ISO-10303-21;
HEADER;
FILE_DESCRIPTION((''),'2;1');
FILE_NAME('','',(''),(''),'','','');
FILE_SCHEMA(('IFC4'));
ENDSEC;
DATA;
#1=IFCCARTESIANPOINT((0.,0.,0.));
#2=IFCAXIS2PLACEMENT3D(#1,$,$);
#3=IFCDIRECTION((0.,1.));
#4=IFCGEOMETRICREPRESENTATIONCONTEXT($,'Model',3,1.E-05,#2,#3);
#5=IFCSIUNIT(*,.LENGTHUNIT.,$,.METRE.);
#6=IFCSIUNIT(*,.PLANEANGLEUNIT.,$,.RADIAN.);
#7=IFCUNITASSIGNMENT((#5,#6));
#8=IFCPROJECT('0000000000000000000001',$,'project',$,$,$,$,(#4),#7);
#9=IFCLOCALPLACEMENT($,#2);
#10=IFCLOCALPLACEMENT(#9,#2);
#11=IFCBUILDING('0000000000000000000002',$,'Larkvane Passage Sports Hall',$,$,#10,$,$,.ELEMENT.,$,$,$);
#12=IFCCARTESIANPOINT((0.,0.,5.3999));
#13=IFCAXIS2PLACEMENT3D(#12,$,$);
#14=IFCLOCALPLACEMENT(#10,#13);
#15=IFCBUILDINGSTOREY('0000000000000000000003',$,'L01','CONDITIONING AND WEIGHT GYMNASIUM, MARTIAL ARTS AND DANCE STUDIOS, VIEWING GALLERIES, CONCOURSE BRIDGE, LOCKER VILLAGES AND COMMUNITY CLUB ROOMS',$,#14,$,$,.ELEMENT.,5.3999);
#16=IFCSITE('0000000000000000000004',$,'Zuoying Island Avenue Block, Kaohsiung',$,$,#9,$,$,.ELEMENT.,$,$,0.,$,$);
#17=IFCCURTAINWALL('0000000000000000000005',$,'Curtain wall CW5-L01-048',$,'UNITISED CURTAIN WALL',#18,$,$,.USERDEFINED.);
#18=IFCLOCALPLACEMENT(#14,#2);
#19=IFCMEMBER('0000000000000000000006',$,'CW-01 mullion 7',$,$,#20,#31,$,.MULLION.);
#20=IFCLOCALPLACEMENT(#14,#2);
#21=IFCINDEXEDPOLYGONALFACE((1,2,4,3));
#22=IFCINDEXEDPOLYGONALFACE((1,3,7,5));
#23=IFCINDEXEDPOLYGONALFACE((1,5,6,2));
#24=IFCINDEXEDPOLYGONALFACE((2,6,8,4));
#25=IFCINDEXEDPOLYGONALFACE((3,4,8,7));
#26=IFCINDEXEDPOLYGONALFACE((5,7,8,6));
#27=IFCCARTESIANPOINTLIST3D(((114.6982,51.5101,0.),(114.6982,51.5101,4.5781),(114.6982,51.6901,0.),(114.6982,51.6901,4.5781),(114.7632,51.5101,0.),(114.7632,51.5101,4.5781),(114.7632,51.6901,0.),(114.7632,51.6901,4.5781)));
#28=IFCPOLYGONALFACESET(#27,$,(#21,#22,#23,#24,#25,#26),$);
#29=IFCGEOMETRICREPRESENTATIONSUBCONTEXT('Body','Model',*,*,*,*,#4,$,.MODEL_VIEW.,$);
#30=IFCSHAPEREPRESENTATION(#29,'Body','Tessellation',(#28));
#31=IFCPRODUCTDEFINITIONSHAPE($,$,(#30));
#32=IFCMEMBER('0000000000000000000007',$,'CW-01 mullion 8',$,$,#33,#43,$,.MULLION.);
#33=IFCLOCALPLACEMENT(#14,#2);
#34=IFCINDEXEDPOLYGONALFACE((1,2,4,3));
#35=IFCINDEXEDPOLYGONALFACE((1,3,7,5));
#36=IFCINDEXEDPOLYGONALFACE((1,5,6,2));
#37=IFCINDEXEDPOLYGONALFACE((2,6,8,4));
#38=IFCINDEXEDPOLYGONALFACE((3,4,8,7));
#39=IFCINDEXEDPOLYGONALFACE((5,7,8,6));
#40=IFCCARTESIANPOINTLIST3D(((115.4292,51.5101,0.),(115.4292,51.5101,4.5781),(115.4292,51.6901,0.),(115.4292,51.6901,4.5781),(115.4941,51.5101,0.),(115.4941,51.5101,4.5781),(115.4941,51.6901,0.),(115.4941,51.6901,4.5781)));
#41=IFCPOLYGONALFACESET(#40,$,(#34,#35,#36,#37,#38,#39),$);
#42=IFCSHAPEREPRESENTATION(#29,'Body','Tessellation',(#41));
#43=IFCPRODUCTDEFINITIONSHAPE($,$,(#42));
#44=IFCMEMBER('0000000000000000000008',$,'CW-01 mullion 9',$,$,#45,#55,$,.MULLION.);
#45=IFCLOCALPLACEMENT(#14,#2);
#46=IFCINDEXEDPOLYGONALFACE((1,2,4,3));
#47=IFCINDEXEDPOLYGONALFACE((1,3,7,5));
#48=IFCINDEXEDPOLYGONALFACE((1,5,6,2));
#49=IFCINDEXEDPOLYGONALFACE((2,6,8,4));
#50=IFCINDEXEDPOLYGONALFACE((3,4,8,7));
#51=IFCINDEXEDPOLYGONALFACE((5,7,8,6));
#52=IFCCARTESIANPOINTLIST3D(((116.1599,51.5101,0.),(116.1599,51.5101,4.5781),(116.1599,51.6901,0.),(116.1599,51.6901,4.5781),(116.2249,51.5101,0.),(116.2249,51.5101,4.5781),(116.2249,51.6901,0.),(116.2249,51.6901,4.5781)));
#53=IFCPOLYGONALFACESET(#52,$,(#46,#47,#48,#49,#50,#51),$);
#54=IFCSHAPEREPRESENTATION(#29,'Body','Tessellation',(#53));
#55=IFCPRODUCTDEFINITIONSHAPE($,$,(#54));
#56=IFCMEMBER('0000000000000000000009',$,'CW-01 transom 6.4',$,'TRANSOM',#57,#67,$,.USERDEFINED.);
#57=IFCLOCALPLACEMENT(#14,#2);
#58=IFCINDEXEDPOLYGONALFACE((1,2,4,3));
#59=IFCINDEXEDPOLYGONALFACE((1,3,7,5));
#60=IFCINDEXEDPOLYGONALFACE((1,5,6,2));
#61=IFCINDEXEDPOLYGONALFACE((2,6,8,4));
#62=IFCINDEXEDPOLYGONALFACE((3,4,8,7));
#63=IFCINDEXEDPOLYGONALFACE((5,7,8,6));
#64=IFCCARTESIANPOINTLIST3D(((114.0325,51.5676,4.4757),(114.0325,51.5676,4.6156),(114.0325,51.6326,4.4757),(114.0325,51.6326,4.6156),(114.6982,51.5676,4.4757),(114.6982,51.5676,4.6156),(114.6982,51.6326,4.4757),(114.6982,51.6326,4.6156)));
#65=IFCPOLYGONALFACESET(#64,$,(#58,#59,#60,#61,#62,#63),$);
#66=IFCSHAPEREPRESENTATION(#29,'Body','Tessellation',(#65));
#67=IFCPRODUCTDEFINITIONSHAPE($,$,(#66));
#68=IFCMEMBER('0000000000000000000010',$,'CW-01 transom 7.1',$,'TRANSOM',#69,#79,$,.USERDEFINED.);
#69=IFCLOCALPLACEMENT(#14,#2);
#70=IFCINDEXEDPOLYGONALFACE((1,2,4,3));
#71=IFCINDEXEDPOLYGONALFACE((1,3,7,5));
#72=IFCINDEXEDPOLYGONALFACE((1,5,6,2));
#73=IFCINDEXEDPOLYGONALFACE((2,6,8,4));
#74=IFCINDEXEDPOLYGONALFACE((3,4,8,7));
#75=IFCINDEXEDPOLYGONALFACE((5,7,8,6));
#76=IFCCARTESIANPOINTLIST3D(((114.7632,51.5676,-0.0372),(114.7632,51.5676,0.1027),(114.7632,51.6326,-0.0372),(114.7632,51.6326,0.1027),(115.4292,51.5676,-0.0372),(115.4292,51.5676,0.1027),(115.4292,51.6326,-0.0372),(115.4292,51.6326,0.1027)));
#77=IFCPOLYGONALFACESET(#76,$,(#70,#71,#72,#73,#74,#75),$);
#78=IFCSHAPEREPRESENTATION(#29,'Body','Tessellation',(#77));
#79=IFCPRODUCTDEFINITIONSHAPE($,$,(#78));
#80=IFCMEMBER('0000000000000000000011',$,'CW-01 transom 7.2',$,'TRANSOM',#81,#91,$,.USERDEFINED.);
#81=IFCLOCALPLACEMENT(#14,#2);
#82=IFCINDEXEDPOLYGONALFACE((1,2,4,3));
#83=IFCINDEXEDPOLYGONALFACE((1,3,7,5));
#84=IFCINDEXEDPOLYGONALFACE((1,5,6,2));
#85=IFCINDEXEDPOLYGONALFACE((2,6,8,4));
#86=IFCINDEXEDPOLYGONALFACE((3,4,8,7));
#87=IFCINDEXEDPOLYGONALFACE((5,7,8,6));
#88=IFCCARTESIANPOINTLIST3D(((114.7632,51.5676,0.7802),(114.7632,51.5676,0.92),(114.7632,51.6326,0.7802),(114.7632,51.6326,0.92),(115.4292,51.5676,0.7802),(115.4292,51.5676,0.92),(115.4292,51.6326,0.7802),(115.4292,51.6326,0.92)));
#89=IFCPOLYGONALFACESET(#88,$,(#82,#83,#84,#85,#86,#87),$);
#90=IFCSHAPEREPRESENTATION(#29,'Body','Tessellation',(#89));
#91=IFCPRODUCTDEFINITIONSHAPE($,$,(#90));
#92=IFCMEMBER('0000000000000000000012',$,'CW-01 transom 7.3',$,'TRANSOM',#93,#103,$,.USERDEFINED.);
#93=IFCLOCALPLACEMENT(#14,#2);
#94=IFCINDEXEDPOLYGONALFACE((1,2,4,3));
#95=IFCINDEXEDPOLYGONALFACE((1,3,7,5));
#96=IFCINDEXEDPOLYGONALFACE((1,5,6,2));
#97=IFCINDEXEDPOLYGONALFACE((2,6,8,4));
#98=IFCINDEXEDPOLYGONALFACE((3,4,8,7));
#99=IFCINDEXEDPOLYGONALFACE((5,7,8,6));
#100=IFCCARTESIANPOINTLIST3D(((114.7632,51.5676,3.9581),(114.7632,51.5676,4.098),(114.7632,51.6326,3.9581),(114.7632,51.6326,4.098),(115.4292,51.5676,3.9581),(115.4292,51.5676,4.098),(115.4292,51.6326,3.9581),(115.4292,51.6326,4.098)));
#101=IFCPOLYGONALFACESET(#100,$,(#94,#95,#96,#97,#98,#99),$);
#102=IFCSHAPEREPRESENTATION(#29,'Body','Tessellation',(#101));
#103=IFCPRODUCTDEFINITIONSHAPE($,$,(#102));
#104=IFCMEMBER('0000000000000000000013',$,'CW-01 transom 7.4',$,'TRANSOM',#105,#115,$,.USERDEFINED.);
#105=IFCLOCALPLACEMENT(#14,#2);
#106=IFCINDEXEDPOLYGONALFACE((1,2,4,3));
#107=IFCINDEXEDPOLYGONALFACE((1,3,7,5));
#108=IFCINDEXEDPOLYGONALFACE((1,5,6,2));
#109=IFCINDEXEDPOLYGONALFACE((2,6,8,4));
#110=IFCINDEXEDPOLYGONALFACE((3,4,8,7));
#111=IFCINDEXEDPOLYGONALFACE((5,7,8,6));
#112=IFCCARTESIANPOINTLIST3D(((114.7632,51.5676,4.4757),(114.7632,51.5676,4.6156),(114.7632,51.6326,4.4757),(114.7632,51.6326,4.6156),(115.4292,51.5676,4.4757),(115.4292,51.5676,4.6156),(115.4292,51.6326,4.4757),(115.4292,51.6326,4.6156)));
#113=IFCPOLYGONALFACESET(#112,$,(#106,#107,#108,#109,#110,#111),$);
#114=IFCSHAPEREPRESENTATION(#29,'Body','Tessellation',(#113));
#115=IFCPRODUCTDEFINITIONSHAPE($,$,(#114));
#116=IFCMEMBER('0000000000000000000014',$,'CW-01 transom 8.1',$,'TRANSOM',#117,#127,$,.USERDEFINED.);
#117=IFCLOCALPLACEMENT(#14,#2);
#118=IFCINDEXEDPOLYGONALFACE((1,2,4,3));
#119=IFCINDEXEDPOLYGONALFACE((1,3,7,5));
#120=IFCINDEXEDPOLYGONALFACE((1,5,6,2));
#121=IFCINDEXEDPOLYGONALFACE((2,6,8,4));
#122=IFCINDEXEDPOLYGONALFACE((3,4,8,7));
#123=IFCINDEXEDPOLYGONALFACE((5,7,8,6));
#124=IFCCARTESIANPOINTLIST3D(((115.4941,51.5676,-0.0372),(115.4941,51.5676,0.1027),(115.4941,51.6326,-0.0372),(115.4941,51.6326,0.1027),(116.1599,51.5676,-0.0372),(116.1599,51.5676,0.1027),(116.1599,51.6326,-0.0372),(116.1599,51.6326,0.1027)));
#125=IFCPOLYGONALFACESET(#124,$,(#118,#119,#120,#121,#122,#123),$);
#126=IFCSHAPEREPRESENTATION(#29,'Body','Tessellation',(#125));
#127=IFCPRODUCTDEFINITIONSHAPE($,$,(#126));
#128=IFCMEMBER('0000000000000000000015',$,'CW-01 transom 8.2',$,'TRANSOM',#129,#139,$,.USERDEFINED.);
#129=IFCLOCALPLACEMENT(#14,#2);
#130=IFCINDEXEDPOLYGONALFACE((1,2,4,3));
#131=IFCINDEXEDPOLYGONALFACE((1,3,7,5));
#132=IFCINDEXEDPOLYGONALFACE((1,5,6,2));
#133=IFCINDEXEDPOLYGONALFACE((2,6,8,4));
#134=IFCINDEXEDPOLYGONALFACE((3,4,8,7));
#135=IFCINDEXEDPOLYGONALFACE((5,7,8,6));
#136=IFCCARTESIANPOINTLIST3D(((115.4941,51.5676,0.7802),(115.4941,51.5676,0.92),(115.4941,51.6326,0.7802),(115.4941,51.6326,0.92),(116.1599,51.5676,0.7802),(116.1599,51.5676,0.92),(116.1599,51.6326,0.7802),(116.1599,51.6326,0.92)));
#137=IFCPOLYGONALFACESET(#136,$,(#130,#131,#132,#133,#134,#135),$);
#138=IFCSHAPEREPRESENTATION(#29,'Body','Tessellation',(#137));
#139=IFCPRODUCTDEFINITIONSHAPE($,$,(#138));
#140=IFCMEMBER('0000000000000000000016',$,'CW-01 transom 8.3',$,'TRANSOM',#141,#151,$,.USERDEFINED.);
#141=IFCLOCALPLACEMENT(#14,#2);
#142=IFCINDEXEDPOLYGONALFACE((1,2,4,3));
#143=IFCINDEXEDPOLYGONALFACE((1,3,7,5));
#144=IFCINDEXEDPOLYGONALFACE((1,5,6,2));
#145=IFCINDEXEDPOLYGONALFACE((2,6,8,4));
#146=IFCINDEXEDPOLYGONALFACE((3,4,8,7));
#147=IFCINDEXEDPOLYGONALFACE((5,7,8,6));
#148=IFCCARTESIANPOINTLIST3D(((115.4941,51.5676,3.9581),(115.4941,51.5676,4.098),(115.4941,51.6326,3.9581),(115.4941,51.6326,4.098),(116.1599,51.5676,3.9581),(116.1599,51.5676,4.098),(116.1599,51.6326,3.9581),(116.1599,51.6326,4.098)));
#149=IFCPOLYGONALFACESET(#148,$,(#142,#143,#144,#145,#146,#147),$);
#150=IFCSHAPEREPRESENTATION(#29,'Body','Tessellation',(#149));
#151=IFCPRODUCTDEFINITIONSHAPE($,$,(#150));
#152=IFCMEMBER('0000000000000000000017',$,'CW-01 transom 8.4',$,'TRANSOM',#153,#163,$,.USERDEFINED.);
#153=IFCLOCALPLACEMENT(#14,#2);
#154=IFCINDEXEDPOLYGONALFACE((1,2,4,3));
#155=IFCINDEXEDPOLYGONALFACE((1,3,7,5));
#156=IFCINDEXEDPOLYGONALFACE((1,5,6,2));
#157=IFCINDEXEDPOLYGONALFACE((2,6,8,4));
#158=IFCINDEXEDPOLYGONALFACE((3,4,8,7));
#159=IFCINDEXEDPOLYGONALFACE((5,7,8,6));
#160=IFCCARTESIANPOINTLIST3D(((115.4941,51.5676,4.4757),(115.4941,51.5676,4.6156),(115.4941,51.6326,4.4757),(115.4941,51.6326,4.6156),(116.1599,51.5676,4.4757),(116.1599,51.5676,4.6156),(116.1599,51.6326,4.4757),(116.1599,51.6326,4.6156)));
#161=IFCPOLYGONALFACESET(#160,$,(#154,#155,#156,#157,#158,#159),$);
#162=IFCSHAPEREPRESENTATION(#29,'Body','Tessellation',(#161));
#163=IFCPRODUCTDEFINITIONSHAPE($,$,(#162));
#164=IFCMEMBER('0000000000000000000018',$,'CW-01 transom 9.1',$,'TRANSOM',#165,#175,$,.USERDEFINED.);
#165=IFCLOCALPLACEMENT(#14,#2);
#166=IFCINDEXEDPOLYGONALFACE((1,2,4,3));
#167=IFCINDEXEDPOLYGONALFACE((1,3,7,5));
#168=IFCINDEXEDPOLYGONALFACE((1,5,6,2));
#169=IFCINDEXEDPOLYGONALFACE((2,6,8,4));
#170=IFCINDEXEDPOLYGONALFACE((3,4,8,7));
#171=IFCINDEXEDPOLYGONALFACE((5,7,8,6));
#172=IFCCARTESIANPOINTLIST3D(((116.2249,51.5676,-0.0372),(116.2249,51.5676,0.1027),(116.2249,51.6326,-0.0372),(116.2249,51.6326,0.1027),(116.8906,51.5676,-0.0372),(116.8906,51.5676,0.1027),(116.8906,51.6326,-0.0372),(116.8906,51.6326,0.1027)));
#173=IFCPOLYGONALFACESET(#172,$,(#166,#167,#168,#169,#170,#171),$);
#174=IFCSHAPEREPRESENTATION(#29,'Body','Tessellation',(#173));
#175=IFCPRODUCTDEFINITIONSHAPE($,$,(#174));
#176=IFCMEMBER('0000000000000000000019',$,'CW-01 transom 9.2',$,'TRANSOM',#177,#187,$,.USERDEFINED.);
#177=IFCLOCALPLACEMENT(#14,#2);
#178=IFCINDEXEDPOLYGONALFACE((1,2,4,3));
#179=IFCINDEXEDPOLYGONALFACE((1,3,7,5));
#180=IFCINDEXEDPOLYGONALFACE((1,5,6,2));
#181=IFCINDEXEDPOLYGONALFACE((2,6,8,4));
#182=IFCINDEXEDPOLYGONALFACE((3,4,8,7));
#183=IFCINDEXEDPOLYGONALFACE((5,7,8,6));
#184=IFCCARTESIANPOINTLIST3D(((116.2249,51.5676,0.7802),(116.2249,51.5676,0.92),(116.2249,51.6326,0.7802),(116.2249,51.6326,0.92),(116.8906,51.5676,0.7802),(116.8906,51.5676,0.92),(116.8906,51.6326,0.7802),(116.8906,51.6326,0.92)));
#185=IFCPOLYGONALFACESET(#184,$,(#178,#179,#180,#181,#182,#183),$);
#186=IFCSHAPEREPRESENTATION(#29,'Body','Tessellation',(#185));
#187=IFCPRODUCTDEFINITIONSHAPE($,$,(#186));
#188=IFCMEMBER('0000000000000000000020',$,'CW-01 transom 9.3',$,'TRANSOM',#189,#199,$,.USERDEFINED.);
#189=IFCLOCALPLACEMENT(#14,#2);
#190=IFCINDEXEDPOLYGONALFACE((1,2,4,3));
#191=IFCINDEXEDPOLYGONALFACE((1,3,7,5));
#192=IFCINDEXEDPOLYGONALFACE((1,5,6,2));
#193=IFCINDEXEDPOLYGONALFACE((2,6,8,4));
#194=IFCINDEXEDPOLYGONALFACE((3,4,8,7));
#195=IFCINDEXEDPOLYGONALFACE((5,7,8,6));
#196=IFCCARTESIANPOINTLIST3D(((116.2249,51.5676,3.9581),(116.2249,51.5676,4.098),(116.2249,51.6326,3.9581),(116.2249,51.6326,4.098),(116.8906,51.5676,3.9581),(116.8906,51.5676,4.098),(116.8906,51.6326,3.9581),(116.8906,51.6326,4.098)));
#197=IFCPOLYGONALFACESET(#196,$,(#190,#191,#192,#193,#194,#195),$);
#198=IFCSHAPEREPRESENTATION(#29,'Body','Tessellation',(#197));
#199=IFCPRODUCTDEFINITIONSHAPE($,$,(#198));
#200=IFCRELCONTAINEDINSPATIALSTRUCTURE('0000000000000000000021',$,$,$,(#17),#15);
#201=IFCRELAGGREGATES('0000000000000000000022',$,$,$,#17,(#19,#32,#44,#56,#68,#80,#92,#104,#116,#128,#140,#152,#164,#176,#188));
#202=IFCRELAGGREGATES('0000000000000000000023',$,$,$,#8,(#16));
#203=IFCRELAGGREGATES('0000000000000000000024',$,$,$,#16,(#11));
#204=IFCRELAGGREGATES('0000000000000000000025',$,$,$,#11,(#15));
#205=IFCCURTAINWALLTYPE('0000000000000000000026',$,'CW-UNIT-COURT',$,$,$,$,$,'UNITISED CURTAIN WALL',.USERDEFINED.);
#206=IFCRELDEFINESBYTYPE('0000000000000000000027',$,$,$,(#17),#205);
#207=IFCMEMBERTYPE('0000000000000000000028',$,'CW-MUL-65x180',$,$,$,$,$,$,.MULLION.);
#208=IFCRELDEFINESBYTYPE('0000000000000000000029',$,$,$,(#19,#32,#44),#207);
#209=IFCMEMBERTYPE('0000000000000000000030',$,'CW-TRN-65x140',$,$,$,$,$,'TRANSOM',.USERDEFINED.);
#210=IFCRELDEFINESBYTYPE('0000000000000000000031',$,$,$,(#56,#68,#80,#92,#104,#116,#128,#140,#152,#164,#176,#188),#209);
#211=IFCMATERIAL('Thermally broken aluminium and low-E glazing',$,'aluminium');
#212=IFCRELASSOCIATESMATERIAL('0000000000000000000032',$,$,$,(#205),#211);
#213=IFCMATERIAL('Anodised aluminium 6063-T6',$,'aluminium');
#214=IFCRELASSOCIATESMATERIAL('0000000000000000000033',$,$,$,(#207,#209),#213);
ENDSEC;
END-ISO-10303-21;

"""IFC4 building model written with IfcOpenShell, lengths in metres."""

from ifc_helpers import new_model, si_unit, direction, frame, origin, origin_2d, place, context, subcontext, project, spatial, rectangle, extrude, material, material_profile, profile_set, type_object, element, aggregate, save


model = new_model("IFC4")

# Units and contexts
model_context = context("Model", 3, precision=1e-05, world=origin(), true_north=direction((0.0, 1.0)))
body_context = subcontext(model_context, "Body", "Model", "MODEL_VIEW")
ifc_project = project(units=[si_unit("LENGTHUNIT", "METRE"), si_unit("PLANEANGLEUNIT", "RADIAN")], contexts=[model_context])

# Site, building, storey
site_placement = place(None, origin())
site = spatial("IfcSite", under=ifc_project, at=site_placement, Name="Zuoying Island Avenue Block, Kaohsiung", CompositionType="ELEMENT", RefElevation=0.0)
building_placement = place(site_placement, origin())
building = spatial("IfcBuilding", under=site, at=building_placement, Name="Larkvane Passage Sports Hall", CompositionType="ELEMENT")
storey_placement = place(building_placement, frame((0.0, 0.0, 5.3999)))
storey = spatial("IfcBuildingStorey", under=building, at=storey_placement, Name="L01", Description="CONDITIONING AND WEIGHT GYMNASIUM, MARTIAL ARTS AND DANCE STUDIOS, VIEWING GALLERIES, CONCOURSE BRIDGE, LOCKER VILLAGES AND COMMUNITY CLUB ROOMS", CompositionType="ELEMENT", Elevation=5.3999)

# Curtain wall, members
ifc_material_1 = material(Name="Thermally broken aluminium and low-E glazing", Category="aluminium")
curtain_wall_type = type_object("IfcCurtainWallType", Name="CW-UNIT-COURT", ElementType="UNITISED CURTAIN WALL", PredefinedType="USERDEFINED", material=ifc_material_1)
curtain_wall_placement = place(storey_placement, origin())
curtain_wall = element("IfcCurtainWall", 1, at=curtain_wall_placement, inside=storey, type_object=curtain_wall_type, Name="Curtain wall CW5-L01-048", ObjectType="UNITISED CURTAIN WALL", PredefinedType="USERDEFINED")
ifc_material_2 = material(Name="Anodised aluminium 6063-T6", Category="aluminium")
ifc_material_profile_1 = material_profile(ifc_material_2, rectangle(XDim=0.0649, YDim=0.1799, at=origin_2d()), Name="ALU-MUL-65x180")
ifc_profile_set_1 = profile_set([ifc_material_profile_1], Name="Anodised aluminium 6063-T6")
member_type_1 = type_object("IfcMemberType", Name="CW-MUL-65x180", PredefinedType="MULLION", material=ifc_profile_set_1)
member_1_placement = place(storey_placement, frame((114.7307, 51.6001, 0.0), z_axis=(0.0, 0.0, 1.0), x_axis=(1.0, 0.0, 0.0)))
member_1 = element("IfcMember", 2, at=member_1_placement, type_object=member_type_1, Name="CW-01 mullion 7", PredefinedType="MULLION", context=body_context, shape_type="SweptSolid", body=[
    extrude(rectangle(XDim=0.0649, YDim=0.1799, at=origin_2d()), origin(), (0.0, 0.0, 1.0), 4.5781),
])
member_2_placement = place(storey_placement, frame((115.4617, 51.6001, 0.0), z_axis=(0.0, 0.0, 1.0), x_axis=(1.0, 0.0, 0.0)))
member_2 = element("IfcMember", 3, at=member_2_placement, type_object=member_type_1, Name="CW-01 mullion 8", PredefinedType="MULLION", context=body_context, shape_type="SweptSolid", body=[
    extrude(rectangle(XDim=0.0649, YDim=0.1799, at=origin_2d()), origin(), (0.0, 0.0, 1.0), 4.5781),
])
member_3_placement = place(storey_placement, frame((116.1924, 51.6001, 0.0), z_axis=(0.0, 0.0, 1.0), x_axis=(1.0, 0.0, 0.0)))
member_3 = element("IfcMember", 4, at=member_3_placement, type_object=member_type_1, Name="CW-01 mullion 9", PredefinedType="MULLION", context=body_context, shape_type="SweptSolid", body=[
    extrude(rectangle(XDim=0.0649, YDim=0.1799, at=origin_2d()), origin(), (0.0, 0.0, 1.0), 4.5781),
])
ifc_material_profile_2 = material_profile(ifc_material_2, rectangle(XDim=0.0649, YDim=0.1399, at=origin_2d()), Name="ALU-TRN-65x140")
ifc_profile_set_2 = profile_set([ifc_material_profile_2], Name="Anodised aluminium 6063-T6")
member_type_2 = type_object("IfcMemberType", Name="CW-TRN-65x140", ElementType="TRANSOM", PredefinedType="USERDEFINED", material=ifc_profile_set_2)
member_4_placement = place(storey_placement, frame((114.0325, 51.6001, 4.5457), z_axis=(1.0, 0.0, 0.0), x_axis=(0.0, 1.0, 0.0)))
member_4 = element("IfcMember", 5, at=member_4_placement, type_object=member_type_2, Name="CW-01 transom 6.4", ObjectType="TRANSOM", PredefinedType="USERDEFINED", context=body_context, shape_type="SweptSolid", body=[
    extrude(rectangle(XDim=0.0649, YDim=0.1399, at=origin_2d()), origin(), (0.0, 0.0, 1.0), 0.6658),
])
member_5_placement = place(storey_placement, frame((114.7632, 51.6001, 0.0327), z_axis=(1.0, 0.0, 0.0), x_axis=(0.0, 1.0, 0.0)))
member_5 = element("IfcMember", 6, at=member_5_placement, type_object=member_type_2, Name="CW-01 transom 7.1", ObjectType="TRANSOM", PredefinedType="USERDEFINED", context=body_context, shape_type="SweptSolid", body=[
    extrude(rectangle(XDim=0.0649, YDim=0.1399, at=origin_2d()), origin(), (0.0, 0.0, 1.0), 0.666),
])
member_6_placement = place(storey_placement, frame((114.7632, 51.6001, 0.8501), z_axis=(1.0, 0.0, 0.0), x_axis=(0.0, 1.0, 0.0)))
member_6 = element("IfcMember", 7, at=member_6_placement, type_object=member_type_2, Name="CW-01 transom 7.2", ObjectType="TRANSOM", PredefinedType="USERDEFINED", context=body_context, shape_type="SweptSolid", body=[
    extrude(rectangle(XDim=0.0649, YDim=0.1399, at=origin_2d()), origin(), (0.0, 0.0, 1.0), 0.666),
])
member_7_placement = place(storey_placement, frame((114.7632, 51.6001, 4.0281), z_axis=(1.0, 0.0, 0.0), x_axis=(0.0, 1.0, 0.0)))
member_7 = element("IfcMember", 8, at=member_7_placement, type_object=member_type_2, Name="CW-01 transom 7.3", ObjectType="TRANSOM", PredefinedType="USERDEFINED", context=body_context, shape_type="SweptSolid", body=[
    extrude(rectangle(XDim=0.0649, YDim=0.1399, at=origin_2d()), origin(), (0.0, 0.0, 1.0), 0.666),
])
member_8_placement = place(storey_placement, frame((114.7632, 51.6001, 4.5457), z_axis=(1.0, 0.0, 0.0), x_axis=(0.0, 1.0, 0.0)))
member_8 = element("IfcMember", 9, at=member_8_placement, type_object=member_type_2, Name="CW-01 transom 7.4", ObjectType="TRANSOM", PredefinedType="USERDEFINED", context=body_context, shape_type="SweptSolid", body=[
    extrude(rectangle(XDim=0.0649, YDim=0.1399, at=origin_2d()), origin(), (0.0, 0.0, 1.0), 0.666),
])
member_9_placement = place(storey_placement, frame((115.4941, 51.6001, 0.0327), z_axis=(1.0, 0.0, 0.0), x_axis=(0.0, 1.0, 0.0)))
member_9 = element("IfcMember", 10, at=member_9_placement, type_object=member_type_2, Name="CW-01 transom 8.1", ObjectType="TRANSOM", PredefinedType="USERDEFINED", context=body_context, shape_type="SweptSolid", body=[
    extrude(rectangle(XDim=0.0649, YDim=0.1399, at=origin_2d()), origin(), (0.0, 0.0, 1.0), 0.6658),
])
member_10_placement = place(storey_placement, frame((115.4941, 51.6001, 0.8501), z_axis=(1.0, 0.0, 0.0), x_axis=(0.0, 1.0, 0.0)))
member_10 = element("IfcMember", 11, at=member_10_placement, type_object=member_type_2, Name="CW-01 transom 8.2", ObjectType="TRANSOM", PredefinedType="USERDEFINED", context=body_context, shape_type="SweptSolid", body=[
    extrude(rectangle(XDim=0.0649, YDim=0.1399, at=origin_2d()), origin(), (0.0, 0.0, 1.0), 0.6658),
])
member_11_placement = place(storey_placement, frame((115.4941, 51.6001, 4.0281), z_axis=(1.0, 0.0, 0.0), x_axis=(0.0, 1.0, 0.0)))
member_11 = element("IfcMember", 12, at=member_11_placement, type_object=member_type_2, Name="CW-01 transom 8.3", ObjectType="TRANSOM", PredefinedType="USERDEFINED", context=body_context, shape_type="SweptSolid", body=[
    extrude(rectangle(XDim=0.0649, YDim=0.1399, at=origin_2d()), origin(), (0.0, 0.0, 1.0), 0.6658),
])
member_12_placement = place(storey_placement, frame((115.4941, 51.6001, 4.5457), z_axis=(1.0, 0.0, 0.0), x_axis=(0.0, 1.0, 0.0)))
member_12 = element("IfcMember", 13, at=member_12_placement, type_object=member_type_2, Name="CW-01 transom 8.4", ObjectType="TRANSOM", PredefinedType="USERDEFINED", context=body_context, shape_type="SweptSolid", body=[
    extrude(rectangle(XDim=0.0649, YDim=0.1399, at=origin_2d()), origin(), (0.0, 0.0, 1.0), 0.6658),
])
member_13_placement = place(storey_placement, frame((116.2249, 51.6001, 0.0327), z_axis=(1.0, 0.0, 0.0), x_axis=(0.0, 1.0, 0.0)))
member_13 = element("IfcMember", 14, at=member_13_placement, type_object=member_type_2, Name="CW-01 transom 9.1", ObjectType="TRANSOM", PredefinedType="USERDEFINED", context=body_context, shape_type="SweptSolid", body=[
    extrude(rectangle(XDim=0.0649, YDim=0.1399, at=origin_2d()), origin(), (0.0, 0.0, 1.0), 0.6658),
])
member_14_placement = place(storey_placement, frame((116.2249, 51.6001, 0.8501), z_axis=(1.0, 0.0, 0.0), x_axis=(0.0, 1.0, 0.0)))
member_14 = element("IfcMember", 15, at=member_14_placement, type_object=member_type_2, Name="CW-01 transom 9.2", ObjectType="TRANSOM", PredefinedType="USERDEFINED", context=body_context, shape_type="SweptSolid", body=[
    extrude(rectangle(XDim=0.0649, YDim=0.1399, at=origin_2d()), origin(), (0.0, 0.0, 1.0), 0.6658),
])
member_15_placement = place(storey_placement, frame((116.2249, 51.6001, 4.0281), z_axis=(1.0, 0.0, 0.0), x_axis=(0.0, 1.0, 0.0)))
member_15 = element("IfcMember", 16, at=member_15_placement, type_object=member_type_2, Name="CW-01 transom 9.3", ObjectType="TRANSOM", PredefinedType="USERDEFINED", context=body_context, shape_type="SweptSolid", body=[
    extrude(rectangle(XDim=0.0649, YDim=0.1399, at=origin_2d()), origin(), (0.0, 0.0, 1.0), 0.6658),
])
aggregate(curtain_wall, [member_1, member_2, member_3, member_4, member_5, member_6, member_7, member_8, member_9, member_10, member_11, member_12, member_13, member_14, member_15])

save(model, "model.ifc")
